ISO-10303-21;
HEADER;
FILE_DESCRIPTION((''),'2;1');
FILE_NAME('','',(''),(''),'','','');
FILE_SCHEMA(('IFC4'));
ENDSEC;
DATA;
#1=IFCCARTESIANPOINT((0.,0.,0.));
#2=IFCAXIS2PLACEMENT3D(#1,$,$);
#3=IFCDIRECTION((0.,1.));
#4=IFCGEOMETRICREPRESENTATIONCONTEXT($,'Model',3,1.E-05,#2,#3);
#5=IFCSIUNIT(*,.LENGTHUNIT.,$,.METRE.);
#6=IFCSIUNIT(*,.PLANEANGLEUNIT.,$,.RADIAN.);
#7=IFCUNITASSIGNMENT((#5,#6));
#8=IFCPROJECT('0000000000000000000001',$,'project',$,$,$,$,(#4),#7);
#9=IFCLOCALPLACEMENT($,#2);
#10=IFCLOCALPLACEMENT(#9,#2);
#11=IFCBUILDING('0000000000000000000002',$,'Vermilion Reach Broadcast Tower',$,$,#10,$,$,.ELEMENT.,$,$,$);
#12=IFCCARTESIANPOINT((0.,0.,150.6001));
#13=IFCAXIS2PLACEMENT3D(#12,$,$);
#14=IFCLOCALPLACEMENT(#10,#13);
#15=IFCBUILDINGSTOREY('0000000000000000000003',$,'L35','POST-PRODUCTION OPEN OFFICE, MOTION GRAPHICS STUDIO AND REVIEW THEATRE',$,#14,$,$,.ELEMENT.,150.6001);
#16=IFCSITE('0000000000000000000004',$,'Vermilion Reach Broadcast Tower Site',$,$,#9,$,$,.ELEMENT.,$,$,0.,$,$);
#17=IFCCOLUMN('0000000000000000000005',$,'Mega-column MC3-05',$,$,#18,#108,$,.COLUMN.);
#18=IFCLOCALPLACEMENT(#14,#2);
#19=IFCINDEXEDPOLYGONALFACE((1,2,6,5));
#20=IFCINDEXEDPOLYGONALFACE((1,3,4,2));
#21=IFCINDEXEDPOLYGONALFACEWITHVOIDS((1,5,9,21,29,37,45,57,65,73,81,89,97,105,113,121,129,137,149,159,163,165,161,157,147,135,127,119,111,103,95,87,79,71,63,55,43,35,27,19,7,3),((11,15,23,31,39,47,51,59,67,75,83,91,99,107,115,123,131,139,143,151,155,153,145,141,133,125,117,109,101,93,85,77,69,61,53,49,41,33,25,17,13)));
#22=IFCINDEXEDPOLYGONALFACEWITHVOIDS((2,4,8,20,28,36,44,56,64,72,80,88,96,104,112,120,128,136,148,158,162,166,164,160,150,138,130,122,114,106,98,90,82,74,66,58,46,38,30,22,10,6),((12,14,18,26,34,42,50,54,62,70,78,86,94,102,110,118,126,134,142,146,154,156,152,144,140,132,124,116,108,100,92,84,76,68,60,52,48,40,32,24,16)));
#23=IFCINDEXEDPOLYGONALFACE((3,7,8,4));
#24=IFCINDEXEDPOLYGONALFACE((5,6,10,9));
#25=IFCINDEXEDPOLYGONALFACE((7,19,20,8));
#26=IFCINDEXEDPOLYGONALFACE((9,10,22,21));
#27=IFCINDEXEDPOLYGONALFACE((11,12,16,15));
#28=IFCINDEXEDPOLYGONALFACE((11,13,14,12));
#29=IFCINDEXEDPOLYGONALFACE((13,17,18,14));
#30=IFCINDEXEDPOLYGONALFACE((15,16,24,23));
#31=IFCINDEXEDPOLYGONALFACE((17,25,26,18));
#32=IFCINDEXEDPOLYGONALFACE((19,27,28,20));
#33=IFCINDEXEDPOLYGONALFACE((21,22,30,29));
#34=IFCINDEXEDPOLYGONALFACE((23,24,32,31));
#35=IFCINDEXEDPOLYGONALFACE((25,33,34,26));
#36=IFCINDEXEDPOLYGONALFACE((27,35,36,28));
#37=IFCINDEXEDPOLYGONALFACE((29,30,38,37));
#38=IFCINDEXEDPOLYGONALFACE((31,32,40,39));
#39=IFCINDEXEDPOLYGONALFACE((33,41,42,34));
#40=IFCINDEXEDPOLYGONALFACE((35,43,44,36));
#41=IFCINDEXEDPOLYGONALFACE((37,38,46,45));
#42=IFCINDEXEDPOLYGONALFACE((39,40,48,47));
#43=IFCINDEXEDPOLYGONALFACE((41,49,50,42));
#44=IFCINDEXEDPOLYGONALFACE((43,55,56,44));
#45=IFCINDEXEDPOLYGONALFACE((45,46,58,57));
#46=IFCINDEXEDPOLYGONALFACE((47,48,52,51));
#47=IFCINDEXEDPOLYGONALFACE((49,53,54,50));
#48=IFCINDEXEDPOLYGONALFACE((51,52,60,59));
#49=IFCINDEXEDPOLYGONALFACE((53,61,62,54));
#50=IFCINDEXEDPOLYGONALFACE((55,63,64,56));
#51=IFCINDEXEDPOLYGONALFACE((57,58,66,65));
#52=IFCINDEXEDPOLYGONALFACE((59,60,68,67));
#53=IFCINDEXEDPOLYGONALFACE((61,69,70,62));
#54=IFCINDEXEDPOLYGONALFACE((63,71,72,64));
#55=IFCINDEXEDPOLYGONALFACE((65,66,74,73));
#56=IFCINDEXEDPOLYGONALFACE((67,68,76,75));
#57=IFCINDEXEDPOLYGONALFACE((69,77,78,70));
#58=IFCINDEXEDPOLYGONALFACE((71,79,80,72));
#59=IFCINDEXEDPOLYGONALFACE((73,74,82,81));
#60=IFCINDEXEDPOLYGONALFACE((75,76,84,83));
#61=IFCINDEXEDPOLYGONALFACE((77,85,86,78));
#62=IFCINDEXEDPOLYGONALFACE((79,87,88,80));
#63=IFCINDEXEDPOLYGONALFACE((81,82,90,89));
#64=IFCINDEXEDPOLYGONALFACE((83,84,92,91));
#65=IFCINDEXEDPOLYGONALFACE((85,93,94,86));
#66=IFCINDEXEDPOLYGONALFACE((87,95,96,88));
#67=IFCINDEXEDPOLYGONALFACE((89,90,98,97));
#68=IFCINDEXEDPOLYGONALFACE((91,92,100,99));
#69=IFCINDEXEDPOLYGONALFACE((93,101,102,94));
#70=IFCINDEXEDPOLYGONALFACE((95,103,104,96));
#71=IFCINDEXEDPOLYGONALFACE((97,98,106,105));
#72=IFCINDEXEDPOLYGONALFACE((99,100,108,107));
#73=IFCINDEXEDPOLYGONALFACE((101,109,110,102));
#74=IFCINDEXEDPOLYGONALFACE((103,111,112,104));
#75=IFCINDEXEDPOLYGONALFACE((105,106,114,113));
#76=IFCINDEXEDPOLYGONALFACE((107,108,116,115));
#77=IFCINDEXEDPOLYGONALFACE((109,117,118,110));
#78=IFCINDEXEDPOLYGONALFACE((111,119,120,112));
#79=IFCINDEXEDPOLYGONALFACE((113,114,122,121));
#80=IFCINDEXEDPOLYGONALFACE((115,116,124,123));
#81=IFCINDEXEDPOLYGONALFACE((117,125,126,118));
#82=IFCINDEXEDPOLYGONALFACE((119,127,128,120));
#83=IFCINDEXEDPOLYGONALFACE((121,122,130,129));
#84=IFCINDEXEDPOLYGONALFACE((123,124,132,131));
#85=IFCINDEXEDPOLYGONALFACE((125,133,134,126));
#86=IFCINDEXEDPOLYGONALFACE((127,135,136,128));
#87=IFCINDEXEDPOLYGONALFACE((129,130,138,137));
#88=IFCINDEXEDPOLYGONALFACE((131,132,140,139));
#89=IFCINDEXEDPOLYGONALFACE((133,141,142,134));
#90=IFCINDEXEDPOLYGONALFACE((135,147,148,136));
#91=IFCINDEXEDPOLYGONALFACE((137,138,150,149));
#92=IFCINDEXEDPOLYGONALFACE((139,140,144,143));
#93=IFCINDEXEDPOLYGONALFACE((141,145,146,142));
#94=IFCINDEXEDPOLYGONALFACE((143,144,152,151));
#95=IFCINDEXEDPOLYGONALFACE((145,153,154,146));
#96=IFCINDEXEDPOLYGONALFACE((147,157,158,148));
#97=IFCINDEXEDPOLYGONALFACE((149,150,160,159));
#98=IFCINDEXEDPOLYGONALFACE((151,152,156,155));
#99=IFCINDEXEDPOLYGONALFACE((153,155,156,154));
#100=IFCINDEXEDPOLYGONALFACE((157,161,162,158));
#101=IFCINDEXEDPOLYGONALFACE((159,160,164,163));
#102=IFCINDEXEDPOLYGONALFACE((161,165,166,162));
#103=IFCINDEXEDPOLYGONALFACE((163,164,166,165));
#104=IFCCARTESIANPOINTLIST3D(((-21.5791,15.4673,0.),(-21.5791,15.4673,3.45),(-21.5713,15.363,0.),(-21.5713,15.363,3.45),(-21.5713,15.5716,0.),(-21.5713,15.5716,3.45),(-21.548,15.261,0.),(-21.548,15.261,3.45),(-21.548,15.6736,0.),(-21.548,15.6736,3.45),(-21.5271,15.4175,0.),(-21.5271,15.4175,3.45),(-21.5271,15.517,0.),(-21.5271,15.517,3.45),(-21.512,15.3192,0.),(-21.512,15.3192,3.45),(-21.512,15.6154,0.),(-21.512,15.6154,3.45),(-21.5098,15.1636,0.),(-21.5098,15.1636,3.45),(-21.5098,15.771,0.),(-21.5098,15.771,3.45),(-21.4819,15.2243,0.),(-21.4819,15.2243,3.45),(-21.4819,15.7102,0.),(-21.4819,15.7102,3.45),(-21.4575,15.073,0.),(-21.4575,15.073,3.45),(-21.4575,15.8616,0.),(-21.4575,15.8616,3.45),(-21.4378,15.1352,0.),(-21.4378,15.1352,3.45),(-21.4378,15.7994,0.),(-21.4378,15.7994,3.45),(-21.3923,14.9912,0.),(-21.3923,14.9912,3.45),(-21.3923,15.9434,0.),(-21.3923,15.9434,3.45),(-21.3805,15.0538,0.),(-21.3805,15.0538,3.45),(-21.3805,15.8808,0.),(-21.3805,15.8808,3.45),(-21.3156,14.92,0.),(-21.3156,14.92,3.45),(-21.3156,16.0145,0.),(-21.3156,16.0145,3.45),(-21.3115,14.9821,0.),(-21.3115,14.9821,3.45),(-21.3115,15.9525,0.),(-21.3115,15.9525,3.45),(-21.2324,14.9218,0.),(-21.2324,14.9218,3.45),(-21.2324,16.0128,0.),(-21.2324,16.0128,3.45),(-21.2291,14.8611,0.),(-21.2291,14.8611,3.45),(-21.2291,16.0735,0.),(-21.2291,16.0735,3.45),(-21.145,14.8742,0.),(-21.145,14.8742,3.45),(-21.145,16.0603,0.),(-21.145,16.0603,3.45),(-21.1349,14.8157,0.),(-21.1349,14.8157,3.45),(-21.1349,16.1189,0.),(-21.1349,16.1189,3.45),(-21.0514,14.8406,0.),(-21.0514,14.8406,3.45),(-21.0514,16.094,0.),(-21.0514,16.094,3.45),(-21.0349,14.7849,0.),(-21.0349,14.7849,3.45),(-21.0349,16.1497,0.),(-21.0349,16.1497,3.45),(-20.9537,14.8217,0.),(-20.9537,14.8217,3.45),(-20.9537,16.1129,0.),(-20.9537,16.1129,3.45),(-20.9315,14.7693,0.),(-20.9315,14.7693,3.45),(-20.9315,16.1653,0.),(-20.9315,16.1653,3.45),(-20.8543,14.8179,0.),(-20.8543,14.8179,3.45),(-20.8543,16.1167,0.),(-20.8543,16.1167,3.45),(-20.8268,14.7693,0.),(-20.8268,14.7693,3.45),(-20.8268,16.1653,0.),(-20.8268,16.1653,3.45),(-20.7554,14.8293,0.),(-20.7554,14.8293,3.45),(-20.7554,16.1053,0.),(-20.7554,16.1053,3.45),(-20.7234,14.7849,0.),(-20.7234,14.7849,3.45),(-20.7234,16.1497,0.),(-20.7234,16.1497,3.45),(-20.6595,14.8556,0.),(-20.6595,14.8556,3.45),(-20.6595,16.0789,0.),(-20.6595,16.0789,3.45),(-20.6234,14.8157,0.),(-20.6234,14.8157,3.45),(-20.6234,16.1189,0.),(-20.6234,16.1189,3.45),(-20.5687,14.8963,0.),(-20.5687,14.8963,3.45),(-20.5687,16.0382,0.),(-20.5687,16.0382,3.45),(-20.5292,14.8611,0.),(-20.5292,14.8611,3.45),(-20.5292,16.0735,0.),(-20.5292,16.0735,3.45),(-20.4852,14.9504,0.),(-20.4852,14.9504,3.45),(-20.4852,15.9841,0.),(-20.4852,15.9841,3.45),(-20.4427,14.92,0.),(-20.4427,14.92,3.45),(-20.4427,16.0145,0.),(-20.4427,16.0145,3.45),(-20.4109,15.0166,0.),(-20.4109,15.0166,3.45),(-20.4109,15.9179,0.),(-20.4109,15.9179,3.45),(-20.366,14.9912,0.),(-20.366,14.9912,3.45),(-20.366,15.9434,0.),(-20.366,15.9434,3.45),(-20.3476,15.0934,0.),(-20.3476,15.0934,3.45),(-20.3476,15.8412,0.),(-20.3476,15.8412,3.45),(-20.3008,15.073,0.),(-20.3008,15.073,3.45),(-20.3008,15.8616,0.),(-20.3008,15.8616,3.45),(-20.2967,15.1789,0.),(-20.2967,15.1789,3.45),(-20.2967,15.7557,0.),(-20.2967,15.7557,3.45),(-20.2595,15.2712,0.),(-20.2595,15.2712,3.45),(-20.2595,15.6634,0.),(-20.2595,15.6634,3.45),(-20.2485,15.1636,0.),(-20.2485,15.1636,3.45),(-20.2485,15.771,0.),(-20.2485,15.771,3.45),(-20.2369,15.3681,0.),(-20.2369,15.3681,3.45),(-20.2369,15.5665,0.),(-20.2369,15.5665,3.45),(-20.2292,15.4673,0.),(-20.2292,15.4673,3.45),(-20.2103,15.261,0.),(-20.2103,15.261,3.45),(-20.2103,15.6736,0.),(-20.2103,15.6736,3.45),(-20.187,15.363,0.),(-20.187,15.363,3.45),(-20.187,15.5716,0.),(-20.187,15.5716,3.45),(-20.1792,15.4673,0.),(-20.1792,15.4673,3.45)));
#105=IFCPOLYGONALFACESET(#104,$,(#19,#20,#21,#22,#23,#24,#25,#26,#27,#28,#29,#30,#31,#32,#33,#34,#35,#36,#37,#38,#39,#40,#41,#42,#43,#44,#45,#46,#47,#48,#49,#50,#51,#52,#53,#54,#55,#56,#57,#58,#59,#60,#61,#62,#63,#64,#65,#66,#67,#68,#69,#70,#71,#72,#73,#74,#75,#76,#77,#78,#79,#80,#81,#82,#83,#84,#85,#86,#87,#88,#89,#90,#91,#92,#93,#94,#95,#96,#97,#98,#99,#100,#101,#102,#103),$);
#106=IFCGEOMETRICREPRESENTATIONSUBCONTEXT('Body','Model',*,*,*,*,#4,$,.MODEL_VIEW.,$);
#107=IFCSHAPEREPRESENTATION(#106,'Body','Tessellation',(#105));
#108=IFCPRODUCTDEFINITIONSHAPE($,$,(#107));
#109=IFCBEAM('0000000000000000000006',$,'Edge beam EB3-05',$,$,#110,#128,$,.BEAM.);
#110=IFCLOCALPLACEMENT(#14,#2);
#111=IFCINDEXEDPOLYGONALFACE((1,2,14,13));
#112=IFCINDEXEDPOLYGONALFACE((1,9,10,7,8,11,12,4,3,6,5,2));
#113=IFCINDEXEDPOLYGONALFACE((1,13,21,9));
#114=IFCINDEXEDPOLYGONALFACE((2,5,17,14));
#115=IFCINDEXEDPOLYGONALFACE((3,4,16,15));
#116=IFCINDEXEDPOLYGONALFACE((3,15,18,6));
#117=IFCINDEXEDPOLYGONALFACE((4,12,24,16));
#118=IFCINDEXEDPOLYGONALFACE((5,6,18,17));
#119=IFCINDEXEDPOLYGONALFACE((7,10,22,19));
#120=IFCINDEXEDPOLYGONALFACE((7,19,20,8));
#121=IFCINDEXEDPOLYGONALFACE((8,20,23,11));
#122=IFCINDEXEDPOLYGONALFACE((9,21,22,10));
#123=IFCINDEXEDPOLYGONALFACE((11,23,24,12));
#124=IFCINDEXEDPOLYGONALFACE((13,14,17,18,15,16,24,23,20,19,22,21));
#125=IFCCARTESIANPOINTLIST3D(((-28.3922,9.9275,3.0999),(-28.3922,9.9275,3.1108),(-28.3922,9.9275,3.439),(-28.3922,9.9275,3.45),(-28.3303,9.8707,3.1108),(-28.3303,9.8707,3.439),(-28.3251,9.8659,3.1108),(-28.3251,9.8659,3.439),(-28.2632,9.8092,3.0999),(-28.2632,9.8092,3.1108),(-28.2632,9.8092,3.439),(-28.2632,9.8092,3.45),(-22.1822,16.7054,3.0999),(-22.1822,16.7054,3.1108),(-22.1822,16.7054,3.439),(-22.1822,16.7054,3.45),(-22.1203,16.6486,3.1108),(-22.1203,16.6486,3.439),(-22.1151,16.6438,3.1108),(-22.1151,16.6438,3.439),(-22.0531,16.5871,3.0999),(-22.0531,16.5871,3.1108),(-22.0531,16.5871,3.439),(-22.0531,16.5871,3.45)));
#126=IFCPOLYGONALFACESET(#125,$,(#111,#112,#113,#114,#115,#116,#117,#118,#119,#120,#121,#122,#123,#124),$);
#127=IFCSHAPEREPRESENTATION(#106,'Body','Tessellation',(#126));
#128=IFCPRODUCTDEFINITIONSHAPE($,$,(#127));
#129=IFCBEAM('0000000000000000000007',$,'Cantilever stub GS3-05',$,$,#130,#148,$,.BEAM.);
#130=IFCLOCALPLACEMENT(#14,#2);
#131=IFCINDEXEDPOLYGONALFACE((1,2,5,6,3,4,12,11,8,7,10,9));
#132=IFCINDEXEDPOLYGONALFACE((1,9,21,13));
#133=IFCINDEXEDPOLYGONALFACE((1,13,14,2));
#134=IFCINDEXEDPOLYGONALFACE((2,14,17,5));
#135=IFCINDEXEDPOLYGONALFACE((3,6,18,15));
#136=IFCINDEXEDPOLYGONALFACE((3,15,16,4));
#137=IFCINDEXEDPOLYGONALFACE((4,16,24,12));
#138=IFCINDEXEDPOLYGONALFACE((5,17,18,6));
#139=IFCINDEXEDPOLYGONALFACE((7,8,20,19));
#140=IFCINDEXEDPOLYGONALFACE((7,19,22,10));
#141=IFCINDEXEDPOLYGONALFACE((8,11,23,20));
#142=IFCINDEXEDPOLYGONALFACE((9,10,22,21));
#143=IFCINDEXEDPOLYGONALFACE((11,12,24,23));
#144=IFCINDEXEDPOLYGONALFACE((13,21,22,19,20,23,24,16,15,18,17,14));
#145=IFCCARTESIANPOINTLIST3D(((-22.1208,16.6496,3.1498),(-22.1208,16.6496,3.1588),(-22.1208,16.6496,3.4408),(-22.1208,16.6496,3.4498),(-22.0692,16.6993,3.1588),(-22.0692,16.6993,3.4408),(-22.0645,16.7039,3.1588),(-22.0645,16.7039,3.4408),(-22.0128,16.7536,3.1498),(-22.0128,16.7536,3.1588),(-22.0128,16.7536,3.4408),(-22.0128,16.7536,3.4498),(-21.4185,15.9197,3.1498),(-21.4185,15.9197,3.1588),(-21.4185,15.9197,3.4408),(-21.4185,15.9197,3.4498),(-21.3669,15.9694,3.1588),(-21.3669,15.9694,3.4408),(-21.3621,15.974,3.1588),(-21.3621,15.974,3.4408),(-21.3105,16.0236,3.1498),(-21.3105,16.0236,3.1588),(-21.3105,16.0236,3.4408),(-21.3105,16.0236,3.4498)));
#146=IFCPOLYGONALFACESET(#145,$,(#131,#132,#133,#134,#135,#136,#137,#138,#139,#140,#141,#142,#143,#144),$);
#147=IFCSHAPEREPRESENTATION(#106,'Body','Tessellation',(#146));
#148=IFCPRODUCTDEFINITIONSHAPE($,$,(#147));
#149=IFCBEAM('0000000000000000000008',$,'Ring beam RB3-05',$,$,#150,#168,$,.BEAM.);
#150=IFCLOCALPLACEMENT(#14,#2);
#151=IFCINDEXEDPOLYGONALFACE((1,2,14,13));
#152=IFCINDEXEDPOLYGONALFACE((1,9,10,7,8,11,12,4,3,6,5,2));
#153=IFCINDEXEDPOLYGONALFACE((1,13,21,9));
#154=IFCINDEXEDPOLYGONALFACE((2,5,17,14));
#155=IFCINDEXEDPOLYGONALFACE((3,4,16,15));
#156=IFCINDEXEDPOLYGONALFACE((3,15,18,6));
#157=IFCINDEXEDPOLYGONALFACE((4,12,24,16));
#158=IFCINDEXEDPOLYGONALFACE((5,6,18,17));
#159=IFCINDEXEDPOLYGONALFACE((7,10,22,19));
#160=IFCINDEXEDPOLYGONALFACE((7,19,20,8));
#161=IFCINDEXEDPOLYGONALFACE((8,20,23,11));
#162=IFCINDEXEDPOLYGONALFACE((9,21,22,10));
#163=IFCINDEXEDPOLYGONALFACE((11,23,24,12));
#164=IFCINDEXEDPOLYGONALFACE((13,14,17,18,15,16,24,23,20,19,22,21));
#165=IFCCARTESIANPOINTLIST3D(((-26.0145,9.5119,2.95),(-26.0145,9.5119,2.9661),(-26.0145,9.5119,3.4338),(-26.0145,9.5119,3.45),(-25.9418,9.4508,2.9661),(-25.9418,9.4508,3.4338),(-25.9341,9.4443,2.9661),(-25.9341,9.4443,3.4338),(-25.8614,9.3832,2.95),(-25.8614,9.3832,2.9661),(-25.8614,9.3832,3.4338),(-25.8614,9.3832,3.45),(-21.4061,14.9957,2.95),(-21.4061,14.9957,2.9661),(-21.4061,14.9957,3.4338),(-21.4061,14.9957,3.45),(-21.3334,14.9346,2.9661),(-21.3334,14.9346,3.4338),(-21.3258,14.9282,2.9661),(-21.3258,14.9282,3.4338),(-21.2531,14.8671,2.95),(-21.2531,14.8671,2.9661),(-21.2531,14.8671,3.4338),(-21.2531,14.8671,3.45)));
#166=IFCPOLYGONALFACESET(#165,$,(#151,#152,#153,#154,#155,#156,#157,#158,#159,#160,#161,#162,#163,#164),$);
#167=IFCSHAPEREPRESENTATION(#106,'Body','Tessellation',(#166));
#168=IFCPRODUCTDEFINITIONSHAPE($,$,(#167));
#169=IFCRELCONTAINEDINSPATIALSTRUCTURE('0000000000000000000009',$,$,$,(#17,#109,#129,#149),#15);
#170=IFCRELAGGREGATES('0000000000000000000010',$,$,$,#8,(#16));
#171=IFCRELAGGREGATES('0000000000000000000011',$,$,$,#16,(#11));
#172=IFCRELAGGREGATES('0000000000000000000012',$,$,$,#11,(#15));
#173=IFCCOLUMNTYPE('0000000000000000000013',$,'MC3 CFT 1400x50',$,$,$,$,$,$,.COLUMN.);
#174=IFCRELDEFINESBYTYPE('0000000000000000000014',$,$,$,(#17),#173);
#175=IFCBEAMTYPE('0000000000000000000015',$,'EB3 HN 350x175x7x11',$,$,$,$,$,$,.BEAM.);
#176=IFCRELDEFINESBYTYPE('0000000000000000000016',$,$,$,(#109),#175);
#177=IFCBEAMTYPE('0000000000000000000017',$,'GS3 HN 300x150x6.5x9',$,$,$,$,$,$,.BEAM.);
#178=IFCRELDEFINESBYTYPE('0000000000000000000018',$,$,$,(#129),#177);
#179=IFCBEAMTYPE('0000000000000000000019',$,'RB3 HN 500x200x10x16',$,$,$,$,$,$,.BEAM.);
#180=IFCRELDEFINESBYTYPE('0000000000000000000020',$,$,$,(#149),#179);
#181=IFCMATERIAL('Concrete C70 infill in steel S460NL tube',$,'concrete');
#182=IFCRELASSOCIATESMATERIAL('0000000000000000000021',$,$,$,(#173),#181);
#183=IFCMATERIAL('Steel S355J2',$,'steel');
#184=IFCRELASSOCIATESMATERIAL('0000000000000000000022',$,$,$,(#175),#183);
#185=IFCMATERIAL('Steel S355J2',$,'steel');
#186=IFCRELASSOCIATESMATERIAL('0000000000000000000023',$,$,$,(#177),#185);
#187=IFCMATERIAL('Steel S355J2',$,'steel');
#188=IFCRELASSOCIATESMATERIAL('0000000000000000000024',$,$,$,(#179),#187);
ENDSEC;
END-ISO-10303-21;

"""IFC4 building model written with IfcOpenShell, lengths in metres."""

from ifc_helpers import new_model, si_unit, direction, frame, origin, origin_2d, place, context, subcontext, project, spatial, hollow_circle, i_section, extrude, material, material_profile, profile_set, type_object, element, save


model = new_model("IFC4")

# Units and contexts
model_context = context("Model", 3, precision=1e-05, world=origin(), true_north=direction((0.0, 1.0)))
body_context = subcontext(model_context, "Body", "Model", "MODEL_VIEW")
ifc_project = project(units=[si_unit("LENGTHUNIT", "METRE"), si_unit("PLANEANGLEUNIT", "RADIAN")], contexts=[model_context])

# Site, building, storey
site_placement = place(None, origin())
site = spatial("IfcSite", under=ifc_project, at=site_placement, Name="Vermilion Reach Broadcast Tower Site", CompositionType="ELEMENT", RefElevation=0.0)
building_placement = place(site_placement, origin())
building = spatial("IfcBuilding", under=site, at=building_placement, Name="Vermilion Reach Broadcast Tower", CompositionType="ELEMENT")
storey_placement = place(building_placement, frame((0.0, 0.0, 150.6001)))
storey = spatial("IfcBuildingStorey", under=building, at=storey_placement, Name="L35", Description="POST-PRODUCTION OPEN OFFICE, MOTION GRAPHICS STUDIO AND REVIEW THEATRE", CompositionType="ELEMENT", Elevation=150.6001)

# Column
ifc_material_1 = material(Name="Concrete C70 infill in steel S460NL tube", Category="concrete")
ifc_material_profile_1 = material_profile(ifc_material_1, hollow_circle(Radius=0.7, WallThickness=0.05, at=origin_2d()), Name="Concrete C70 infill in steel S460NL tube CFT 1400x50")
ifc_profile_set_1 = profile_set([ifc_material_profile_1], Name="Concrete C70 infill in steel S460NL tube")
column_type = type_object("IfcColumnType", Name="MC3 CFT 1400x50", PredefinedType="COLUMN", material=ifc_profile_set_1)
column_placement = place(storey_placement, frame((-20.8792, 15.4673, 0.0), z_axis=(0.0, 0.0, 1.0), x_axis=(1.0, 0.0, 0.0)))
element("IfcColumn", 1, at=column_placement, inside=storey, type_object=column_type, Name="Mega-column MC3-05", PredefinedType="COLUMN", context=body_context, shape_type="SweptSolid", body=[
    extrude(hollow_circle(Radius=0.7, WallThickness=0.05, at=origin_2d()), origin(), (0.0, 0.0, 1.0), 3.45),
])

# Beams
ifc_material_2 = material(Name="Steel S355J2", Category="steel")
ifc_material_profile_2 = material_profile(ifc_material_2, i_section(OverallWidth=0.175, OverallDepth=0.3501, WebThickness=0.0071, FlangeThickness=0.011, at=origin_2d()), Name="S355J2 HN 350x175x7x11")
ifc_profile_set_2 = profile_set([ifc_material_profile_2], Name="Steel S355J2")
beam_type_1 = type_object("IfcBeamType", Name="EB3 HN 350x175x7x11", PredefinedType="BEAM", material=ifc_profile_set_2)
beam_1_placement = place(storey_placement, frame((-22.1177, 16.6462, 3.2749), z_axis=(-0.675544, -0.737319, 0.0), x_axis=(0.737319, -0.675544, 0.0)))
element("IfcBeam", 2, at=beam_1_placement, inside=storey, type_object=beam_type_1, Name="Edge beam EB3-05", PredefinedType="BEAM", context=body_context, shape_type="SweptSolid", body=[
    extrude(i_section(OverallWidth=0.175, OverallDepth=0.3501, WebThickness=0.0071, FlangeThickness=0.011, at=origin_2d()), origin(), (0.0, 0.0, 1.0), 9.1926),
])
ifc_material_3 = material(Name="Steel S355J2", Category="steel")
ifc_material_profile_3 = material_profile(ifc_material_3, i_section(OverallWidth=0.1499, OverallDepth=0.3, WebThickness=0.0066, FlangeThickness=0.009, at=origin_2d()), Name="S355J2 HN 300x150x6.5x9")
ifc_profile_set_3 = profile_set([ifc_material_profile_3], Name="Steel S355J2")
beam_type_2 = type_object("IfcBeamType", Name="GS3 HN 300x150x6.5x9", PredefinedType="BEAM", material=ifc_profile_set_3)
beam_2_placement = place(storey_placement, frame((-21.3645, 15.9717, 3.2998), z_axis=(-0.693359, 0.720592, 0.0), x_axis=(-0.720592, -0.693359, 0.0)))
element("IfcBeam", 3, at=beam_2_placement, inside=storey, type_object=beam_type_2, Name="Cantilever stub GS3-05", PredefinedType="BEAM", context=body_context, shape_type="SweptSolid", body=[
    extrude(i_section(OverallWidth=0.1499, OverallDepth=0.3, WebThickness=0.0066, FlangeThickness=0.009, at=origin_2d()), origin(), (0.0, 0.0, 1.0), 1.0129),
])
ifc_material_4 = material(Name="Steel S355J2", Category="steel")
ifc_material_profile_4 = material_profile(ifc_material_4, i_section(OverallWidth=0.2, OverallDepth=0.5, WebThickness=0.01, FlangeThickness=0.0161, at=origin_2d()), Name="S355J2 HN 500x200x10x16")
ifc_profile_set_4 = profile_set([ifc_material_profile_4], Name="Steel S355J2")
beam_type_3 = type_object("IfcBeamType", Name="RB3 HN 500x200x10x16", PredefinedType="BEAM", material=ifc_profile_set_4)
beam_3_placement = place(storey_placement, frame((-21.3296, 14.9314, 3.2), z_axis=(-0.64335, -0.765572, 0.0), x_axis=(0.765572, -0.64335, 0.0)))
element("IfcBeam", 4, at=beam_3_placement, inside=storey, type_object=beam_type_3, Name="Ring beam RB3-05", PredefinedType="BEAM", context=body_context, shape_type="SweptSolid", body=[
    extrude(i_section(OverallWidth=0.2, OverallDepth=0.5, WebThickness=0.01, FlangeThickness=0.0161, at=origin_2d()), origin(), (0.0, 0.0, 1.0), 7.1631),
])

save(model, "model.ifc")
